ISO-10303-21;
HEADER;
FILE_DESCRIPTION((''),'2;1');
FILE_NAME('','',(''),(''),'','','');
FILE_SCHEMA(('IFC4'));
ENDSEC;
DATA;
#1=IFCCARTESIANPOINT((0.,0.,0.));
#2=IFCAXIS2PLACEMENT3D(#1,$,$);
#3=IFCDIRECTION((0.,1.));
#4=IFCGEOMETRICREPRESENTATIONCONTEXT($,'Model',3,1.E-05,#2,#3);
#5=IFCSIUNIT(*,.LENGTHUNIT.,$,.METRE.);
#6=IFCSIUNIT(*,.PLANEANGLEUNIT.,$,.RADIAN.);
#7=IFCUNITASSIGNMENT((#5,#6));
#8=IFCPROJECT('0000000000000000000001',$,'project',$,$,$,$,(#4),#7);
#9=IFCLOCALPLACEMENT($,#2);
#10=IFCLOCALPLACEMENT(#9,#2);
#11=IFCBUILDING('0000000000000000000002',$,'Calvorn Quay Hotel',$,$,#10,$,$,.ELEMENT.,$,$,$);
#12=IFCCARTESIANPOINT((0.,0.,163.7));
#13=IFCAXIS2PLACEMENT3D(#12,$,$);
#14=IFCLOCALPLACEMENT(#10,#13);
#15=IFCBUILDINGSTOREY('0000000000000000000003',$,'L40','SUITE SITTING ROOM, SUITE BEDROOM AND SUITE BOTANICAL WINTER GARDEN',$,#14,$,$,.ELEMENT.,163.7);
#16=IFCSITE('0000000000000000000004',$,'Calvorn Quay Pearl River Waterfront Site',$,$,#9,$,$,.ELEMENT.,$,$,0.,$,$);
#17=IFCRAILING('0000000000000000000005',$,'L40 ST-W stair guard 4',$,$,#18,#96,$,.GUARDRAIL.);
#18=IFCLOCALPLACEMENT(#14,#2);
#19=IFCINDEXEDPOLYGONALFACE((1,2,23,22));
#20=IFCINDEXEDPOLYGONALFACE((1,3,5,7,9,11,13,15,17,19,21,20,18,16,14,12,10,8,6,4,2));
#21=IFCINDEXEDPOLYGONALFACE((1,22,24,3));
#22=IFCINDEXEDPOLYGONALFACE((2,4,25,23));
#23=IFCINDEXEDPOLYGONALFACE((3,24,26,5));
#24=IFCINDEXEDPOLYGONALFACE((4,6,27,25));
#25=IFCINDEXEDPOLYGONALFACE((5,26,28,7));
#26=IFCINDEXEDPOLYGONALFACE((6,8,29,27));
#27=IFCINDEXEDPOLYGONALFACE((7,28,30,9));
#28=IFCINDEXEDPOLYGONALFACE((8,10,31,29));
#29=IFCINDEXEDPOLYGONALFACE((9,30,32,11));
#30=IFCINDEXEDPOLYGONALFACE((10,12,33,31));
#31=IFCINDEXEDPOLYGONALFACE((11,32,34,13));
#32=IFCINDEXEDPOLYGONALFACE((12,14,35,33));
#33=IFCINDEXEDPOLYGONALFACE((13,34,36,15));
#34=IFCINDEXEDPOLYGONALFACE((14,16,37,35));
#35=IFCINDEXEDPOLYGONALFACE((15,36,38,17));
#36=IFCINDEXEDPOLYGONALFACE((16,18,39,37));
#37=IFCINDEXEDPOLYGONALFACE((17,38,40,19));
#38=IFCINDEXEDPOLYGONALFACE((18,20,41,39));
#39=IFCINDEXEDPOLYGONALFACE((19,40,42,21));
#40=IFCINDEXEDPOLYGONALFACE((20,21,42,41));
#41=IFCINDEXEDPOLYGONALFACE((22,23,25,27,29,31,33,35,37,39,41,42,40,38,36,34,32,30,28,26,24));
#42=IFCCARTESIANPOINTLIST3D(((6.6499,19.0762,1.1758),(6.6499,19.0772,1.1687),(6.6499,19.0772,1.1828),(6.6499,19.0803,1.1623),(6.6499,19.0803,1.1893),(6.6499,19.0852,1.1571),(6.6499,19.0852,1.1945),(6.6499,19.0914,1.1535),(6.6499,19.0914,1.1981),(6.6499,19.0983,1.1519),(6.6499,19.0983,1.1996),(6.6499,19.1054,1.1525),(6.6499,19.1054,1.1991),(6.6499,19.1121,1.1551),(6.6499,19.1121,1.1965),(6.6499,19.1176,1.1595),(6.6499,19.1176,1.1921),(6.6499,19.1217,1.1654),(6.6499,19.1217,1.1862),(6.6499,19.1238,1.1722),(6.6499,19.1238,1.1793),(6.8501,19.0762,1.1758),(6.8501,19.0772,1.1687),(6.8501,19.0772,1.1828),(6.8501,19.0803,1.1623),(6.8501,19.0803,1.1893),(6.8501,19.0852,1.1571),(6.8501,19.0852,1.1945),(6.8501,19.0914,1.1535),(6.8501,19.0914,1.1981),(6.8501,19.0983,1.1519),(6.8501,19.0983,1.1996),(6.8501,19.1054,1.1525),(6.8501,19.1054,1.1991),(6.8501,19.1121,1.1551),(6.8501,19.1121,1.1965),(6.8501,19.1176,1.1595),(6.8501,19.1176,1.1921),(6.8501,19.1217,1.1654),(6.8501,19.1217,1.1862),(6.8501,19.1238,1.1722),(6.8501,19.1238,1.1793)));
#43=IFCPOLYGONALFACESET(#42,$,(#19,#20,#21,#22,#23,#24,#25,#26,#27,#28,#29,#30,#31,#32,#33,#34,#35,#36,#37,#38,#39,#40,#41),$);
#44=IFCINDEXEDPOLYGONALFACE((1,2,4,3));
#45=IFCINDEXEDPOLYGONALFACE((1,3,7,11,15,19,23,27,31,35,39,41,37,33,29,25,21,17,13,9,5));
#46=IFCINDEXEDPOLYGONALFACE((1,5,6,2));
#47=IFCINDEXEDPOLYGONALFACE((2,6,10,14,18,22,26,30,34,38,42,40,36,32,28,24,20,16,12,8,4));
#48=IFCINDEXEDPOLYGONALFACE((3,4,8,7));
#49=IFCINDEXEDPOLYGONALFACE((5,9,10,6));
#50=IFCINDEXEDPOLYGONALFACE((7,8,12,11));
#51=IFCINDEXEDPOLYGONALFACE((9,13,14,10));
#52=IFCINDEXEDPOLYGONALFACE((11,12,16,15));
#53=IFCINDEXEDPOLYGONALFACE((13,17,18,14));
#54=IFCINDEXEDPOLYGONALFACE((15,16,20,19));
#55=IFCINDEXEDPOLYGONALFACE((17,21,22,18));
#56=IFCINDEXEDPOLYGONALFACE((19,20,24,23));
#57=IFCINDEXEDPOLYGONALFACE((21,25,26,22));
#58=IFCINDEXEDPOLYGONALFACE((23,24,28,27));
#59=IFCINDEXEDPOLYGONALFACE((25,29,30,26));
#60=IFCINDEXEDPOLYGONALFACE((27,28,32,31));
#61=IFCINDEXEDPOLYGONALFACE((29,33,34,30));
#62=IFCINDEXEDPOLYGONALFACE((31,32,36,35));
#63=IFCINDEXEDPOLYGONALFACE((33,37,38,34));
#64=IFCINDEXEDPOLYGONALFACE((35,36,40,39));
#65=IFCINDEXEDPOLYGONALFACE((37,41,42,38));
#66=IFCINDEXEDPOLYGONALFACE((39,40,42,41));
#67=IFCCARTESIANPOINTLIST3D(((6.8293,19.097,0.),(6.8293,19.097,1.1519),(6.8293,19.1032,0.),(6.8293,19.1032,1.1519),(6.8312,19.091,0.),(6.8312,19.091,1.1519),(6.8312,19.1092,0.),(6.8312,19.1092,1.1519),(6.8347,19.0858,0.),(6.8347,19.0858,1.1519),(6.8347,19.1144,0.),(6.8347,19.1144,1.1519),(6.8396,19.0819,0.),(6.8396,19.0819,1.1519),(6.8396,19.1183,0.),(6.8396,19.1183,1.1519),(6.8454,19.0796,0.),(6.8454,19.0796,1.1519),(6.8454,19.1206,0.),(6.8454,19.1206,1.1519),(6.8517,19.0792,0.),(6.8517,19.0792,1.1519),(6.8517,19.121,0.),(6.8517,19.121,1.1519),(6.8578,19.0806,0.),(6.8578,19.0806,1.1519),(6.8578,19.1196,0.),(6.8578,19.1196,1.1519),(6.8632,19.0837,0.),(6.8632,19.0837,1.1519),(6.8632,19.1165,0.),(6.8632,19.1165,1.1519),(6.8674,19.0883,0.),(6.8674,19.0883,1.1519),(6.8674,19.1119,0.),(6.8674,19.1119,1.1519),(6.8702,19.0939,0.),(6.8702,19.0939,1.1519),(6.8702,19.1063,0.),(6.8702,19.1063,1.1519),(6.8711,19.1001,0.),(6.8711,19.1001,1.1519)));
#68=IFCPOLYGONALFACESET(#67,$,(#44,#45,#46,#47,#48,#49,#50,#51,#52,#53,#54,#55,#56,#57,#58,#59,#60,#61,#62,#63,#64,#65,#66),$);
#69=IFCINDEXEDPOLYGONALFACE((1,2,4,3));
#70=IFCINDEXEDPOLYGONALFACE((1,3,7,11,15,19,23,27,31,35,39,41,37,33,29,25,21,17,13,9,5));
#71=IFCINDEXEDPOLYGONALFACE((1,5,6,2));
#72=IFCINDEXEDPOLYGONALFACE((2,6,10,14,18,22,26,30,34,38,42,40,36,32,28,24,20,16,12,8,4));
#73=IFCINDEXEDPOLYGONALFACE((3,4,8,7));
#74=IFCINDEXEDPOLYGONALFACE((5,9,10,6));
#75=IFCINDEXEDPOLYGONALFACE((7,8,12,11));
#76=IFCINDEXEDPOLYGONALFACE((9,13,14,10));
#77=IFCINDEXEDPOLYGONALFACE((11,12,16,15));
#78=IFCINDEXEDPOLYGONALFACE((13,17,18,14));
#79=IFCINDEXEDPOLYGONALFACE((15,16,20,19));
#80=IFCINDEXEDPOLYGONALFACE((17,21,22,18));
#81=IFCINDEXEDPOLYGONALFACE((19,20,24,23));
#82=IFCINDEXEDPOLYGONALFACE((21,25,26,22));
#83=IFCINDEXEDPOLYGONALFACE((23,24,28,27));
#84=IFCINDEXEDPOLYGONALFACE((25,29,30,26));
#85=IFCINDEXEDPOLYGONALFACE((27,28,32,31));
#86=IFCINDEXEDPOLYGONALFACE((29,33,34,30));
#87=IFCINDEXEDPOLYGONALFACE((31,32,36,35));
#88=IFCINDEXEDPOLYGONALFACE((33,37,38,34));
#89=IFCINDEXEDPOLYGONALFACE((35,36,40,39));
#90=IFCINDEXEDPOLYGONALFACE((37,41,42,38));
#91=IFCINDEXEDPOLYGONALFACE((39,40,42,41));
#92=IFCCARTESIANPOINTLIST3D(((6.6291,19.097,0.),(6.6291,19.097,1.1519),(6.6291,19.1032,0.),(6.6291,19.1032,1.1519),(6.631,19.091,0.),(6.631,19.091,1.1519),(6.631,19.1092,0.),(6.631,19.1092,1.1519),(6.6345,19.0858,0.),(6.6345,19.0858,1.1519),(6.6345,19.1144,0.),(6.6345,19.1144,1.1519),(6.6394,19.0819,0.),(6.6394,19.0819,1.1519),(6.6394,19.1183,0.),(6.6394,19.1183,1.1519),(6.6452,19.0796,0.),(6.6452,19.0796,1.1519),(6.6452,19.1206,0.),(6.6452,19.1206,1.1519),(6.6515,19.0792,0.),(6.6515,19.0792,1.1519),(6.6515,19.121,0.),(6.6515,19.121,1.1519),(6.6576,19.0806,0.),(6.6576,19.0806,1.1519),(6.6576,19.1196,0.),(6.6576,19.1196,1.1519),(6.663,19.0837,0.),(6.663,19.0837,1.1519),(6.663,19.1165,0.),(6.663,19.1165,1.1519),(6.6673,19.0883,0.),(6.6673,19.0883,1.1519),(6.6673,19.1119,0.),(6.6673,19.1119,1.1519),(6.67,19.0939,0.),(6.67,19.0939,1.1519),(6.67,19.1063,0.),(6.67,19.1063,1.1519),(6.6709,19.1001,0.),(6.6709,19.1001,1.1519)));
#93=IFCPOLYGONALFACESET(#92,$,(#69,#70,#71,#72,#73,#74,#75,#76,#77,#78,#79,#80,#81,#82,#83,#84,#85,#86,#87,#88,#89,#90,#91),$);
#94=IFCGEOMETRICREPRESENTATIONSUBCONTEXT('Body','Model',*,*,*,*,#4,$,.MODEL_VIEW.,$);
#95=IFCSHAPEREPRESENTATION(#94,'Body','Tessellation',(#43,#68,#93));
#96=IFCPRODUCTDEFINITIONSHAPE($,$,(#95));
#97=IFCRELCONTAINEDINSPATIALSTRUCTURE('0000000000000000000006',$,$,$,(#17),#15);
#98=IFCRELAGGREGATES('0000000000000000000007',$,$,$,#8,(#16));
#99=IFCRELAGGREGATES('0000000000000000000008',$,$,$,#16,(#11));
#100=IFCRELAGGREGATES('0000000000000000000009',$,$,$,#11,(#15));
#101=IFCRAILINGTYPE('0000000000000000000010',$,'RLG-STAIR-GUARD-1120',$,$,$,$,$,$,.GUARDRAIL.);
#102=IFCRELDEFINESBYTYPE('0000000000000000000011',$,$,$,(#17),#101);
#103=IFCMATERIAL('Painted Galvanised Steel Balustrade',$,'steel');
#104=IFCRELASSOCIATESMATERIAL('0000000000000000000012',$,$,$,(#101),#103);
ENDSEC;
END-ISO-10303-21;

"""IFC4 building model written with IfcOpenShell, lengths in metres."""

from ifc_helpers import new_model, si_unit, direction, frame, origin, origin_2d, place, context, subcontext, project, spatial, circle, extrude, material, type_object, element, save


model = new_model("IFC4")

# Units and contexts
model_context = context("Model", 3, precision=1e-05, world=origin(), true_north=direction((0.0, 1.0)))
body_context = subcontext(model_context, "Body", "Model", "MODEL_VIEW")
ifc_project = project(units=[si_unit("LENGTHUNIT", "METRE"), si_unit("PLANEANGLEUNIT", "RADIAN")], contexts=[model_context])

# Site, building, storey
site_placement = place(None, origin())
site = spatial("IfcSite", under=ifc_project, at=site_placement, Name="Calvorn Quay Pearl River Waterfront Site", CompositionType="ELEMENT", RefElevation=0.0)
building_placement = place(site_placement, origin())
building = spatial("IfcBuilding", under=site, at=building_placement, Name="Calvorn Quay Hotel", CompositionType="ELEMENT")
storey_placement = place(building_placement, frame((0.0, 0.0, 163.7)))
storey = spatial("IfcBuildingStorey", under=building, at=storey_placement, Name="L40", Description="SUITE SITTING ROOM, SUITE BEDROOM AND SUITE BOTANICAL WINTER GARDEN", CompositionType="ELEMENT", Elevation=163.7)

# Railing
ifc_material_1 = material(Name="Painted Galvanised Steel Balustrade", Category="steel")
railing_type_1 = type_object("IfcRailingType", Name="RLG-STAIR-GUARD-1120", PredefinedType="GUARDRAIL", material=ifc_material_1)
railing_1_placement = place(storey_placement, frame((6.8501, 19.1001, 0.0)))
element("IfcRailing", 1, at=railing_1_placement, inside=storey, type_object=railing_type_1, Name="L40 ST-W stair guard 4", PredefinedType="GUARDRAIL", context=body_context, shape_type="SweptSolid", body=[
    extrude(circle(Radius=0.0239, at=origin_2d()), frame((0.0, 0.0, 1.1758), z_axis=(-1.0, 0.0, 0.0), x_axis=(0.0, -1.0, 0.0)), (0.0, 0.0, 1.0), 0.2002),
    extrude(circle(Radius=0.021, at=origin_2d()), origin(), (0.0, 0.0, 1.0), 1.1519),
    extrude(circle(Radius=0.021, at=origin_2d()), frame((-0.2002, 0.0, 0.0)), (0.0, 0.0, 1.0), 1.1519),
])

save(model, "model.ifc")
